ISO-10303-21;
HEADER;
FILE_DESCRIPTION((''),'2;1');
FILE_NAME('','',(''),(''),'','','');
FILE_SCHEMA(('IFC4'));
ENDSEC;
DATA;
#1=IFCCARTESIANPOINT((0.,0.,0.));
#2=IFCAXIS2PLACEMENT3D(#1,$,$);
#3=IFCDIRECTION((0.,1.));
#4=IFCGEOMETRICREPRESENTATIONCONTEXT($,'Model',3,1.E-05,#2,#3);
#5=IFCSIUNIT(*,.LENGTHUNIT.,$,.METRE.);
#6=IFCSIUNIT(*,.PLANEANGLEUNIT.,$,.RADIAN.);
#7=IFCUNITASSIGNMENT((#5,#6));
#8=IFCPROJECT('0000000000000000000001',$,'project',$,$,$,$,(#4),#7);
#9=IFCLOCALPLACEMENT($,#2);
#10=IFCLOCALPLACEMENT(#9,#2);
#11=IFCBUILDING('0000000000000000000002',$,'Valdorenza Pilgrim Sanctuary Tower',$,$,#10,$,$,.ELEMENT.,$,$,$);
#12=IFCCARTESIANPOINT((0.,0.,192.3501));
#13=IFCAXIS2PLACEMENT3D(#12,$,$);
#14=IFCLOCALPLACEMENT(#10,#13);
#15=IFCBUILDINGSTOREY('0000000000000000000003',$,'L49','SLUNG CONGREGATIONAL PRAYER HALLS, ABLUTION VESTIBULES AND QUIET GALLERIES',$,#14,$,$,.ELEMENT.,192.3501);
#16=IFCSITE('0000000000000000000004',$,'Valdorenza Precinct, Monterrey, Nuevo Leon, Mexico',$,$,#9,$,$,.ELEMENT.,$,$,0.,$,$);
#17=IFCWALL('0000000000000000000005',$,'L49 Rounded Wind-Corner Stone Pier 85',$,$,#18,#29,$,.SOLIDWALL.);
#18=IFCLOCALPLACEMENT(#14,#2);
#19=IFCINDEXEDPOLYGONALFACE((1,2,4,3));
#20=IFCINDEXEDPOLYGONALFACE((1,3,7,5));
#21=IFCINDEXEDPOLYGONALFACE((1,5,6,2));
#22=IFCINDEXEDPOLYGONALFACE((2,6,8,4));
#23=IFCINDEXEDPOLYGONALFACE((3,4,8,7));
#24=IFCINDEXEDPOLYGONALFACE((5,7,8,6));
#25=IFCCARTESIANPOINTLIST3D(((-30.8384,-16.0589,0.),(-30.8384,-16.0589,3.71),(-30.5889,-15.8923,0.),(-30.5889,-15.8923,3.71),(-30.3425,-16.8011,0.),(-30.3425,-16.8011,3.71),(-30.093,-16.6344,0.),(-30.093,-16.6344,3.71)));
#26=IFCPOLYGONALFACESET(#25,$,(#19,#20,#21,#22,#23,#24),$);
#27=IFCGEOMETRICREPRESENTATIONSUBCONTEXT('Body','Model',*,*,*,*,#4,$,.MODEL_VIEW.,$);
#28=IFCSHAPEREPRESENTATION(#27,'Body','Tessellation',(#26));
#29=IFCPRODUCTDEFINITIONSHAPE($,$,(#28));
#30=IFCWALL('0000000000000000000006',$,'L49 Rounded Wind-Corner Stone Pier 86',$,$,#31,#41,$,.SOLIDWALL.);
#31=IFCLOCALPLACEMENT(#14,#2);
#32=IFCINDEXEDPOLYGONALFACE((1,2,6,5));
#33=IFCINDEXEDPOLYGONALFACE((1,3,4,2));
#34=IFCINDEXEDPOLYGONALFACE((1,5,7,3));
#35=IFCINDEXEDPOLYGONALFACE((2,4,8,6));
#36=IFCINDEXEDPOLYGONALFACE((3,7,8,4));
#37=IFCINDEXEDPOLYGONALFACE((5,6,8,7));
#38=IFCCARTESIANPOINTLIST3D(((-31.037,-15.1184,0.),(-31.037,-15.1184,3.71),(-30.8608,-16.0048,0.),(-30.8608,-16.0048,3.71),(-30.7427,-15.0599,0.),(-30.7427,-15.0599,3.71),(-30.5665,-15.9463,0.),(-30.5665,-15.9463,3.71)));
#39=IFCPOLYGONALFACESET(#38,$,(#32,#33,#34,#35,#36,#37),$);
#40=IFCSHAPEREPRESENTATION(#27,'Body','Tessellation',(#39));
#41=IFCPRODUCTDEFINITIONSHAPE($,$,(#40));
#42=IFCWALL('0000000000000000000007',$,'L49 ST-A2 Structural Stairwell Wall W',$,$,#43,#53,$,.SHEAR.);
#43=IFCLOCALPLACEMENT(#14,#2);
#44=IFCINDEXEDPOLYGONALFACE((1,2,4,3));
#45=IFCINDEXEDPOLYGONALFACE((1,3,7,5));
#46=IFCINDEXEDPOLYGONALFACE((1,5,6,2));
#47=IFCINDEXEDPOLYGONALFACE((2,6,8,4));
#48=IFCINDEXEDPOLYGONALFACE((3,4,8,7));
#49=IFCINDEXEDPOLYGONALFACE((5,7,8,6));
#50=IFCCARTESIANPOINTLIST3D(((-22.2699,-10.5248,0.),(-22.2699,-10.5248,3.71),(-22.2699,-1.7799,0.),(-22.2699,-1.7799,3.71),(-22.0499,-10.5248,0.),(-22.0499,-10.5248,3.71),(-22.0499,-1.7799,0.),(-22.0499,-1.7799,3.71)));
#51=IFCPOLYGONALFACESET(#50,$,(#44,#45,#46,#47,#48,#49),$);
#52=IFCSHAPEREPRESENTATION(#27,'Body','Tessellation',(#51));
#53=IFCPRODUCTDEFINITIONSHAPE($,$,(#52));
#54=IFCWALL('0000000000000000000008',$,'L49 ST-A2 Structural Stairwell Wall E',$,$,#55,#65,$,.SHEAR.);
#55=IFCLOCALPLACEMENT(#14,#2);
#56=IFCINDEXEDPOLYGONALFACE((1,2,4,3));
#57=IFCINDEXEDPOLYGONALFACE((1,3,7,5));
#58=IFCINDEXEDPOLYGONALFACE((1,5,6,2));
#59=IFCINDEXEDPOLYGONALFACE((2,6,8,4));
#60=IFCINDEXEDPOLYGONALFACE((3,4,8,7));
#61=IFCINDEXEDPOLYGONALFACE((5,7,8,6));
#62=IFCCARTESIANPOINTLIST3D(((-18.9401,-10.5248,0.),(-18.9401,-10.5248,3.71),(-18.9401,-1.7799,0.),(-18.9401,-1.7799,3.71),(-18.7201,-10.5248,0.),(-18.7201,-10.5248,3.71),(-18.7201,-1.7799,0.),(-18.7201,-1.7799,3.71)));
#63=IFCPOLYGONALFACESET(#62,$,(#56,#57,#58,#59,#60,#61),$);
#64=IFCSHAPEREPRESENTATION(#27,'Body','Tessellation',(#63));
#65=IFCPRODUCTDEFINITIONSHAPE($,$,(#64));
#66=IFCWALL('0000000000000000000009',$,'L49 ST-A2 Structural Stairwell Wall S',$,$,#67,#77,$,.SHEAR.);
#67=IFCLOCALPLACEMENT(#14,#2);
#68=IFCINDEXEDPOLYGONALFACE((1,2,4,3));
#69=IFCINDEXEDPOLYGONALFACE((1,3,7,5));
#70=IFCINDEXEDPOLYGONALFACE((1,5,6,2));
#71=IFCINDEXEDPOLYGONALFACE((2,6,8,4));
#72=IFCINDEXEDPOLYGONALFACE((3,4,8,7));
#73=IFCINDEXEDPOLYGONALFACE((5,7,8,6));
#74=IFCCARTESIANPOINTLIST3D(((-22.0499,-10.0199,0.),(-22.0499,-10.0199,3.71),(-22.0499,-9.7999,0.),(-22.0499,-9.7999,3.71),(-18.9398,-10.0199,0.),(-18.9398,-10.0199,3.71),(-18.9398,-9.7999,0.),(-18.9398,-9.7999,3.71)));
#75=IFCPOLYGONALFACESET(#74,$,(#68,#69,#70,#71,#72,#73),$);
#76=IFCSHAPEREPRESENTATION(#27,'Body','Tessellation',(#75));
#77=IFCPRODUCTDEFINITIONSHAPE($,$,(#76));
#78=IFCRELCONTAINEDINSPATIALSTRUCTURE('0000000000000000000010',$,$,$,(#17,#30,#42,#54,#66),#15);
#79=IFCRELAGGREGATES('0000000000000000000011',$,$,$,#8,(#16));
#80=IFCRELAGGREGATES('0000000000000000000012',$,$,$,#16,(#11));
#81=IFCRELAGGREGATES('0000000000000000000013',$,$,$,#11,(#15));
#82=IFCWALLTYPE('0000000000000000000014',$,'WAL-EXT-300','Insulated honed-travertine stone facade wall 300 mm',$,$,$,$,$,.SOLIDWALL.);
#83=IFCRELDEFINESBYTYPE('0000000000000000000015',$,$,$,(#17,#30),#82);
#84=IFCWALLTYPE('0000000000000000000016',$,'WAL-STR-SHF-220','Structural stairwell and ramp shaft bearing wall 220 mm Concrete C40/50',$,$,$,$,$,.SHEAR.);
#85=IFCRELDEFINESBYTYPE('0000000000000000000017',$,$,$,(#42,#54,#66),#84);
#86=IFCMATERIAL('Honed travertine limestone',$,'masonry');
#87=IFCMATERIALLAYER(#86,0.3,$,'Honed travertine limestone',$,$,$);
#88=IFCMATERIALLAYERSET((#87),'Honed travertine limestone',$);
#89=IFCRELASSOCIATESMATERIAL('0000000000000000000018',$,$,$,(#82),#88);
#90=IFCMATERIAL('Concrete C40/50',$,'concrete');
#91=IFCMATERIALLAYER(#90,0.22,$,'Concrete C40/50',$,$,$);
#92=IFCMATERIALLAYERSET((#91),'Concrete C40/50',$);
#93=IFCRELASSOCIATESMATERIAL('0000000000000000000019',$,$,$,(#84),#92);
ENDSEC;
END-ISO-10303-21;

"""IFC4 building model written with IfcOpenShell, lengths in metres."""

from ifc_helpers import new_model, si_unit, direction, frame, frame_2d, origin, place, context, subcontext, project, spatial, rectangle, extrude, material, layer, layer_set, type_object, element, save


model = new_model("IFC4")

# Units and contexts
model_context = context("Model", 3, precision=1e-05, world=origin(), true_north=direction((0.0, 1.0)))
body_context = subcontext(model_context, "Body", "Model", "MODEL_VIEW")
ifc_project = project(units=[si_unit("LENGTHUNIT", "METRE"), si_unit("PLANEANGLEUNIT", "RADIAN")], contexts=[model_context])

# Site, building, storey
site_placement = place(None, origin())
site = spatial("IfcSite", under=ifc_project, at=site_placement, Name="Valdorenza Precinct, Monterrey, Nuevo Leon, Mexico", CompositionType="ELEMENT", RefElevation=0.0)
building_placement = place(site_placement, origin())
building = spatial("IfcBuilding", under=site, at=building_placement, Name="Valdorenza Pilgrim Sanctuary Tower", CompositionType="ELEMENT")
storey_placement = place(building_placement, frame((0.0, 0.0, 192.3501)))
storey = spatial("IfcBuildingStorey", under=building, at=storey_placement, Name="L49", Description="SLUNG CONGREGATIONAL PRAYER HALLS, ABLUTION VESTIBULES AND QUIET GALLERIES", CompositionType="ELEMENT", Elevation=192.3501)

# Shared definitions
ifc_material_1 = material(Name="Honed travertine limestone", Category="masonry")

# Walls
ifc_layer_1 = layer(ifc_material_1, 0.3, Name="Honed travertine limestone")
ifc_layer_set_1 = layer_set([ifc_layer_1], Name="Honed travertine limestone")
wall_type_1 = type_object("IfcWallType", Name="WAL-EXT-300", Description="Insulated honed-travertine stone facade wall 300 mm", PredefinedType="SOLIDWALL", material=ifc_layer_set_1)
for number, where, z_axis, x_axis, name in (
    (1, (-30.2178, -16.7178, 0.0), (0.0, 0.0, 1.0), (-0.55552, 0.831503, 0.0), "L49 Rounded Wind-Corner Stone Pier 85"),
):
    element("IfcWall", number, at=place(storey_placement, frame(where, z_axis=z_axis, x_axis=x_axis)), inside=storey, type_object=wall_type_1, Name=name, PredefinedType="SOLIDWALL", context=body_context, shape_type="SweptSolid", body=[
        extrude(rectangle(XDim=0.8926, YDim=0.3, at=frame_2d((0.4463, 0.0))), origin(), (0.0, 0.0, 1.0), 3.71),
    ])
wall_1_placement = place(storey_placement, frame((-30.7136, -15.9756, 0.0), z_axis=(0.0, 0.0, 1.0), x_axis=(-0.195025, 0.980798, 0.0)))
element("IfcWall", 2, at=wall_1_placement, inside=storey, type_object=wall_type_1, Name="L49 Rounded Wind-Corner Stone Pier 86", PredefinedType="SOLIDWALL", context=body_context, shape_type="SweptSolid", body=[
    extrude(rectangle(XDim=0.9038, YDim=0.3, at=frame_2d((0.4519, 0.0))), origin(), (0.0, 0.0, 1.0), 3.71),
])
ifc_material_2 = material(Name="Concrete C40/50", Category="concrete")
ifc_layer_2 = layer(ifc_material_2, 0.22, Name="Concrete C40/50")
ifc_layer_set_2 = layer_set([ifc_layer_2], Name="Concrete C40/50")
wall_type_2 = type_object("IfcWallType", Name="WAL-STR-SHF-220", Description="Structural stairwell and ramp shaft bearing wall 220 mm Concrete C40/50", PredefinedType="SHEAR", material=ifc_layer_set_2)
for number, where, z_axis, x_axis, name in (
    (3, (-22.1599, -10.5249, 0.0), (0.0, 0.0, 1.0), (0.0, 1.0, 0.0), "L49 ST-A2 Structural Stairwell Wall W"),
    (4, (-18.8301, -10.5249, 0.0), (0.0, 0.0, 1.0), (0.0, 1.0, 0.0), "L49 ST-A2 Structural Stairwell Wall E"),
):
    element("IfcWall", number, at=place(storey_placement, frame(where, z_axis=z_axis, x_axis=x_axis)), inside=storey, type_object=wall_type_2, Name=name, PredefinedType="SHEAR", context=body_context, shape_type="SweptSolid", body=[
        extrude(rectangle(XDim=8.7449, YDim=0.22, at=frame_2d((4.3726, 0.0))), origin(), (0.0, 0.0, 1.0), 3.71),
    ])
wall_2_placement = place(storey_placement, frame((-22.05, -9.9099, 0.0), z_axis=(0.0, 0.0, 1.0), x_axis=(1.0, 0.0, 0.0)))
element("IfcWall", 5, at=wall_2_placement, inside=storey, type_object=wall_type_2, Name="L49 ST-A2 Structural Stairwell Wall S", PredefinedType="SHEAR", context=body_context, shape_type="SweptSolid", body=[
    extrude(rectangle(XDim=3.1101, YDim=0.22, at=frame_2d((1.5552, 0.0))), origin(), (0.0, 0.0, 1.0), 3.71),
])

save(model, "model.ifc")
